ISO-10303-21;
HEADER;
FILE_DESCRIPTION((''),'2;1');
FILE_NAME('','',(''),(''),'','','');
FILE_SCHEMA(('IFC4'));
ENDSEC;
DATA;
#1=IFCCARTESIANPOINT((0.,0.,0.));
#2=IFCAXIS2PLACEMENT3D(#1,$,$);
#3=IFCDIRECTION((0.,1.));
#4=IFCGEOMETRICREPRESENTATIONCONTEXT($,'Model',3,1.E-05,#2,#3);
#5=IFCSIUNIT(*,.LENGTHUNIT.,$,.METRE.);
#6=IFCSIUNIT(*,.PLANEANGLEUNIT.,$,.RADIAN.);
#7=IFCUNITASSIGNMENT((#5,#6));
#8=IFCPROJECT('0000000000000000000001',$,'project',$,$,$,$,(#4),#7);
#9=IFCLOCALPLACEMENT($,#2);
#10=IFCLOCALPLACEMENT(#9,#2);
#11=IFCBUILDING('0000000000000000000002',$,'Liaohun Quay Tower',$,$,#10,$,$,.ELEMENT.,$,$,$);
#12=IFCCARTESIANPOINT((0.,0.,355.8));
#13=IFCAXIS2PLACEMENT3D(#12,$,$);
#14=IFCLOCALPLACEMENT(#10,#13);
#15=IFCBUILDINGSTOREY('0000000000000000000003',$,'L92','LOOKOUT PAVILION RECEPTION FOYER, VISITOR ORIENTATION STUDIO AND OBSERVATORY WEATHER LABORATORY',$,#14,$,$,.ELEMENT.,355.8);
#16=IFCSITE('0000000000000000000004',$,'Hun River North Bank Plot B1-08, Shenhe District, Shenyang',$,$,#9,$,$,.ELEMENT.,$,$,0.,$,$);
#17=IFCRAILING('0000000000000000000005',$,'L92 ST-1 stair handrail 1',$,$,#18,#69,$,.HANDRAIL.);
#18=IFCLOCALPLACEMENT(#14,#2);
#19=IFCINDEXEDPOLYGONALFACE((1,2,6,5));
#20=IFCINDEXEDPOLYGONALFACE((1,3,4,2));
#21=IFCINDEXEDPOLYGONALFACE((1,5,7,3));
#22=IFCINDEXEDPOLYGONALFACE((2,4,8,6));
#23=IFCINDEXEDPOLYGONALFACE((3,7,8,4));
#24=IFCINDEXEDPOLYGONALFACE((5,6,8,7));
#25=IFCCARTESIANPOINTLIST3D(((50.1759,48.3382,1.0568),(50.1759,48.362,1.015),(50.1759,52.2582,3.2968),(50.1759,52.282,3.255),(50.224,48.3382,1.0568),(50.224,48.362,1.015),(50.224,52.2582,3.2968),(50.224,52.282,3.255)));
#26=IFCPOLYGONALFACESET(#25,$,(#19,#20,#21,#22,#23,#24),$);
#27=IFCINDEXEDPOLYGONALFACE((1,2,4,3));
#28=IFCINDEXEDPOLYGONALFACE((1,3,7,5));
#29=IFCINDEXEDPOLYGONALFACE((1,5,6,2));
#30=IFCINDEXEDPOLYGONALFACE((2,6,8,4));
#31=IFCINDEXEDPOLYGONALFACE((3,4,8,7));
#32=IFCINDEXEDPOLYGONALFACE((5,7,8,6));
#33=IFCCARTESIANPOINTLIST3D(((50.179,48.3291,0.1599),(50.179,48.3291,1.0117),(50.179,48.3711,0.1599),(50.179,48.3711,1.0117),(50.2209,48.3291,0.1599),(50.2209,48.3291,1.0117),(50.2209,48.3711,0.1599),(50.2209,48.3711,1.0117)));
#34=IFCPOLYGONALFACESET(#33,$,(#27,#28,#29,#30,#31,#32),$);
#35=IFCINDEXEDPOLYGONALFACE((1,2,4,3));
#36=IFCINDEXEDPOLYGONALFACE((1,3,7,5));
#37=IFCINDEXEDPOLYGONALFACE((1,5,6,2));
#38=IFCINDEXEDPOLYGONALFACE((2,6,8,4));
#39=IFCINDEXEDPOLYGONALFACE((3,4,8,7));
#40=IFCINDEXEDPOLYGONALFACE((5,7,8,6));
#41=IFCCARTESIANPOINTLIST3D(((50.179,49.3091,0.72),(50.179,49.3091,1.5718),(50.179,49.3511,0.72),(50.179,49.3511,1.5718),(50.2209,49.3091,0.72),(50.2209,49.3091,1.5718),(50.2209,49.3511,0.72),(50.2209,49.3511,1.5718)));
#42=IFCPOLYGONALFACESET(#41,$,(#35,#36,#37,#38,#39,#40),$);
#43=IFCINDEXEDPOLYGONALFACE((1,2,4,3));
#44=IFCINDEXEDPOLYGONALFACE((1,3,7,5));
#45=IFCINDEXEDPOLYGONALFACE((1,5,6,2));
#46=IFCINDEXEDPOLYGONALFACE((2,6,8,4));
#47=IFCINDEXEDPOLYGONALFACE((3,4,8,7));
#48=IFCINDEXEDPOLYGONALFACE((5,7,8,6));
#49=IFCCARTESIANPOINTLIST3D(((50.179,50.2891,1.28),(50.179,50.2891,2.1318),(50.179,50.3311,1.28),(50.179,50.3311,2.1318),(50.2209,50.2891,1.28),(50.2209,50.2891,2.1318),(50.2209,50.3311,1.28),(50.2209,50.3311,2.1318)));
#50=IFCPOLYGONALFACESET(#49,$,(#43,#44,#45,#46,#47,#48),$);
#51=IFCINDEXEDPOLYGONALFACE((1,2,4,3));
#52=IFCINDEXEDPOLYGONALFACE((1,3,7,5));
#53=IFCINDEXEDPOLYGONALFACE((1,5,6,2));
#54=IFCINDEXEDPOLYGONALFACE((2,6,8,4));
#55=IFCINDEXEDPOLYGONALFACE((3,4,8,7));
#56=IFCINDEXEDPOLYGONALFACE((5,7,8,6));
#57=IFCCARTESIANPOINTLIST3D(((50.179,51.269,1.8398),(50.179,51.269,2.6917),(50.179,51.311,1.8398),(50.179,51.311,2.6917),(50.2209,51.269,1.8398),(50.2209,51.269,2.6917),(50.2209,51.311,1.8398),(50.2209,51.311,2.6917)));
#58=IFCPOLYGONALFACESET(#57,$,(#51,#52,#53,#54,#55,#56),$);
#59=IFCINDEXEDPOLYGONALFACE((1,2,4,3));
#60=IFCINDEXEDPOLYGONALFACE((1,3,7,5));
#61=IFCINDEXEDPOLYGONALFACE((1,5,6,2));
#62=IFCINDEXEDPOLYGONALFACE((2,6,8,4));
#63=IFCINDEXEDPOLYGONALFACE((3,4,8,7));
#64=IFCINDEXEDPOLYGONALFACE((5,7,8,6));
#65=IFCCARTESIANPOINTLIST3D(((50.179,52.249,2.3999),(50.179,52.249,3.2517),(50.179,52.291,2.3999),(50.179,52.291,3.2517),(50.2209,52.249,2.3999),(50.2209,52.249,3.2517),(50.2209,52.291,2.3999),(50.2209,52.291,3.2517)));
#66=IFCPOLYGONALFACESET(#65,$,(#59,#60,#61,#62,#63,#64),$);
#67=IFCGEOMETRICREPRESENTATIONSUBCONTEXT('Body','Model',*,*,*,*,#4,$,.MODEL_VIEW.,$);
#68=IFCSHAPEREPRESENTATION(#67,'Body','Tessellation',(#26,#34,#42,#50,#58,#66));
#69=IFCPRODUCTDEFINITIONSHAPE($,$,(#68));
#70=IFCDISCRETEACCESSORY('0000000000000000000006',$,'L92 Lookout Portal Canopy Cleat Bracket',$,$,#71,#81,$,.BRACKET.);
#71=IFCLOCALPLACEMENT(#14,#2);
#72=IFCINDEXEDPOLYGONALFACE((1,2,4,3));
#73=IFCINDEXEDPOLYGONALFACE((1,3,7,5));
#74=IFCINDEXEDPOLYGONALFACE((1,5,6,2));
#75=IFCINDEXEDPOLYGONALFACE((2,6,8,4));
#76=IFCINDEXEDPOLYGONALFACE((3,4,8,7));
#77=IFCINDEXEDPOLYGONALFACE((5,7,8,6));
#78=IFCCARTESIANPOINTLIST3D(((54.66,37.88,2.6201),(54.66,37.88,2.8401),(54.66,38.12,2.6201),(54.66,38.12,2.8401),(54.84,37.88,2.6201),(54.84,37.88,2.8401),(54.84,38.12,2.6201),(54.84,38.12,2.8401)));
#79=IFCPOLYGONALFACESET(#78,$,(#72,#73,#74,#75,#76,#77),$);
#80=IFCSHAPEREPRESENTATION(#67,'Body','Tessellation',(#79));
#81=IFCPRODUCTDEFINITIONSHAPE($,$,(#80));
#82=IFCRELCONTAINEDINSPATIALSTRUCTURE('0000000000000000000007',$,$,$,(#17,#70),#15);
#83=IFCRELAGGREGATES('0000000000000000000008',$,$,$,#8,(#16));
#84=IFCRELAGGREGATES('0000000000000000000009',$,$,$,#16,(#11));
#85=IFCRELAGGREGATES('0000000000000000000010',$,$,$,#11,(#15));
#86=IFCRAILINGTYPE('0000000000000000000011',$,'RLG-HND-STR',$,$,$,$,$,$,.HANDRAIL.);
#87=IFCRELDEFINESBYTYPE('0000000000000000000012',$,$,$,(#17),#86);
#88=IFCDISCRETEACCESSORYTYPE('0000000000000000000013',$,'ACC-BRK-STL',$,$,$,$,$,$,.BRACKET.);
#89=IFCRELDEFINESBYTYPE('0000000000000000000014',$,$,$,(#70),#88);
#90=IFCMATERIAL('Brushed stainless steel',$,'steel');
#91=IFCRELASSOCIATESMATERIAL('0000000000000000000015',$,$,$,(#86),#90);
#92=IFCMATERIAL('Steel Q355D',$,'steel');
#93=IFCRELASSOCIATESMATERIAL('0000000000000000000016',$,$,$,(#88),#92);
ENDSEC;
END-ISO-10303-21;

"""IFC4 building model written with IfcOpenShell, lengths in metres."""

from ifc_helpers import new_model, si_unit, direction, frame, origin, origin_2d, place, context, subcontext, project, spatial, rectangle, extrude, source, transform, mapped, material, type_object, element, save


model = new_model("IFC4")

# Units and contexts
model_context = context("Model", 3, precision=1e-05, world=origin(), true_north=direction((0.0, 1.0)))
body_context = subcontext(model_context, "Body", "Model", "MODEL_VIEW")
ifc_project = project(units=[si_unit("LENGTHUNIT", "METRE"), si_unit("PLANEANGLEUNIT", "RADIAN")], contexts=[model_context])

# Site, building, storey
site_placement = place(None, origin())
site = spatial("IfcSite", under=ifc_project, at=site_placement, Name="Hun River North Bank Plot B1-08, Shenhe District, Shenyang", CompositionType="ELEMENT", RefElevation=0.0)
building_placement = place(site_placement, origin())
building = spatial("IfcBuilding", under=site, at=building_placement, Name="Liaohun Quay Tower", CompositionType="ELEMENT")
storey_placement = place(building_placement, frame((0.0, 0.0, 355.8)))
storey = spatial("IfcBuildingStorey", under=building, at=storey_placement, Name="L92", Description="LOOKOUT PAVILION RECEPTION FOYER, VISITOR ORIENTATION STUDIO AND OBSERVATORY WEATHER LABORATORY", CompositionType="ELEMENT", Elevation=355.8)

# Shared definitions
ifc_material_1 = material(Name="Steel Q355D", Category="steel")

# Railing
ifc_material_2 = material(Name="Brushed stainless steel", Category="steel")
railing_type_1 = type_object("IfcRailingType", Name="RLG-HND-STR", PredefinedType="HANDRAIL", material=ifc_material_2)
railing_1_placement = place(storey_placement, frame((50.2, 48.3501, 0.1599)))
element("IfcRailing", 1, at=railing_1_placement, inside=storey, type_object=railing_type_1, Name="L92 ST-1 stair handrail 1", PredefinedType="HANDRAIL", context=body_context, shape_type="SweptSolid", body=[
    extrude(rectangle(XDim=0.0481, YDim=0.0481, at=origin_2d()), frame((0.0, 0.0, 0.876), z_axis=(0.0, 0.86824, 0.496145), x_axis=(-1.0, 0.0, 0.0)), (0.0, 0.0, 1.0), 4.5149),
    extrude(rectangle(XDim=0.042, YDim=0.042, at=origin_2d()), origin(), (0.0, 0.0, 1.0), 0.8518),
    extrude(rectangle(XDim=0.042, YDim=0.042, at=origin_2d()), frame((0.0, 0.98, 0.5601)), (0.0, 0.0, 1.0), 0.8518),
    extrude(rectangle(XDim=0.042, YDim=0.042, at=origin_2d()), frame((0.0, 1.96, 1.1201)), (0.0, 0.0, 1.0), 0.8518),
    extrude(rectangle(XDim=0.042, YDim=0.042, at=origin_2d()), frame((0.0, 2.9399, 1.6799)), (0.0, 0.0, 1.0), 0.8518),
    extrude(rectangle(XDim=0.042, YDim=0.042, at=origin_2d()), frame((0.0, 3.9199, 2.24)), (0.0, 0.0, 1.0), 0.8518),
])

# Discrete accessory
discrete_accessory_type = type_object("IfcDiscreteAccessoryType", Name="ACC-BRK-STL", PredefinedType="BRACKET", material=ifc_material_1)
shared_shape_1 = source(origin(), body_context, "Body", "SweptSolid", [
    extrude(rectangle(XDim=0.1799, YDim=0.24, at=origin_2d()), origin(), (0.0, 0.0, 1.0), 0.22),
])
discrete_accessory_placement = place(storey_placement, frame((54.75, 38.0, 2.6201), z_axis=(0.0, 0.0, 1.0), x_axis=(1.0, 0.0, 0.0)))
element("IfcDiscreteAccessory", 2, at=discrete_accessory_placement, inside=storey, type_object=discrete_accessory_type, Name="L92 Lookout Portal Canopy Cleat Bracket", PredefinedType="BRACKET", context=body_context, shape_type="MappedRepresentation", body=[
    mapped(shared_shape_1, transform((0.0, 0.0, 0.0), x_axis=(1.0, 0.0, 0.0), y_axis=(0.0, 1.0, 0.0), z_axis=(0.0, 0.0, 1.0), scale=1.0)),
])

save(model, "model.ifc")
